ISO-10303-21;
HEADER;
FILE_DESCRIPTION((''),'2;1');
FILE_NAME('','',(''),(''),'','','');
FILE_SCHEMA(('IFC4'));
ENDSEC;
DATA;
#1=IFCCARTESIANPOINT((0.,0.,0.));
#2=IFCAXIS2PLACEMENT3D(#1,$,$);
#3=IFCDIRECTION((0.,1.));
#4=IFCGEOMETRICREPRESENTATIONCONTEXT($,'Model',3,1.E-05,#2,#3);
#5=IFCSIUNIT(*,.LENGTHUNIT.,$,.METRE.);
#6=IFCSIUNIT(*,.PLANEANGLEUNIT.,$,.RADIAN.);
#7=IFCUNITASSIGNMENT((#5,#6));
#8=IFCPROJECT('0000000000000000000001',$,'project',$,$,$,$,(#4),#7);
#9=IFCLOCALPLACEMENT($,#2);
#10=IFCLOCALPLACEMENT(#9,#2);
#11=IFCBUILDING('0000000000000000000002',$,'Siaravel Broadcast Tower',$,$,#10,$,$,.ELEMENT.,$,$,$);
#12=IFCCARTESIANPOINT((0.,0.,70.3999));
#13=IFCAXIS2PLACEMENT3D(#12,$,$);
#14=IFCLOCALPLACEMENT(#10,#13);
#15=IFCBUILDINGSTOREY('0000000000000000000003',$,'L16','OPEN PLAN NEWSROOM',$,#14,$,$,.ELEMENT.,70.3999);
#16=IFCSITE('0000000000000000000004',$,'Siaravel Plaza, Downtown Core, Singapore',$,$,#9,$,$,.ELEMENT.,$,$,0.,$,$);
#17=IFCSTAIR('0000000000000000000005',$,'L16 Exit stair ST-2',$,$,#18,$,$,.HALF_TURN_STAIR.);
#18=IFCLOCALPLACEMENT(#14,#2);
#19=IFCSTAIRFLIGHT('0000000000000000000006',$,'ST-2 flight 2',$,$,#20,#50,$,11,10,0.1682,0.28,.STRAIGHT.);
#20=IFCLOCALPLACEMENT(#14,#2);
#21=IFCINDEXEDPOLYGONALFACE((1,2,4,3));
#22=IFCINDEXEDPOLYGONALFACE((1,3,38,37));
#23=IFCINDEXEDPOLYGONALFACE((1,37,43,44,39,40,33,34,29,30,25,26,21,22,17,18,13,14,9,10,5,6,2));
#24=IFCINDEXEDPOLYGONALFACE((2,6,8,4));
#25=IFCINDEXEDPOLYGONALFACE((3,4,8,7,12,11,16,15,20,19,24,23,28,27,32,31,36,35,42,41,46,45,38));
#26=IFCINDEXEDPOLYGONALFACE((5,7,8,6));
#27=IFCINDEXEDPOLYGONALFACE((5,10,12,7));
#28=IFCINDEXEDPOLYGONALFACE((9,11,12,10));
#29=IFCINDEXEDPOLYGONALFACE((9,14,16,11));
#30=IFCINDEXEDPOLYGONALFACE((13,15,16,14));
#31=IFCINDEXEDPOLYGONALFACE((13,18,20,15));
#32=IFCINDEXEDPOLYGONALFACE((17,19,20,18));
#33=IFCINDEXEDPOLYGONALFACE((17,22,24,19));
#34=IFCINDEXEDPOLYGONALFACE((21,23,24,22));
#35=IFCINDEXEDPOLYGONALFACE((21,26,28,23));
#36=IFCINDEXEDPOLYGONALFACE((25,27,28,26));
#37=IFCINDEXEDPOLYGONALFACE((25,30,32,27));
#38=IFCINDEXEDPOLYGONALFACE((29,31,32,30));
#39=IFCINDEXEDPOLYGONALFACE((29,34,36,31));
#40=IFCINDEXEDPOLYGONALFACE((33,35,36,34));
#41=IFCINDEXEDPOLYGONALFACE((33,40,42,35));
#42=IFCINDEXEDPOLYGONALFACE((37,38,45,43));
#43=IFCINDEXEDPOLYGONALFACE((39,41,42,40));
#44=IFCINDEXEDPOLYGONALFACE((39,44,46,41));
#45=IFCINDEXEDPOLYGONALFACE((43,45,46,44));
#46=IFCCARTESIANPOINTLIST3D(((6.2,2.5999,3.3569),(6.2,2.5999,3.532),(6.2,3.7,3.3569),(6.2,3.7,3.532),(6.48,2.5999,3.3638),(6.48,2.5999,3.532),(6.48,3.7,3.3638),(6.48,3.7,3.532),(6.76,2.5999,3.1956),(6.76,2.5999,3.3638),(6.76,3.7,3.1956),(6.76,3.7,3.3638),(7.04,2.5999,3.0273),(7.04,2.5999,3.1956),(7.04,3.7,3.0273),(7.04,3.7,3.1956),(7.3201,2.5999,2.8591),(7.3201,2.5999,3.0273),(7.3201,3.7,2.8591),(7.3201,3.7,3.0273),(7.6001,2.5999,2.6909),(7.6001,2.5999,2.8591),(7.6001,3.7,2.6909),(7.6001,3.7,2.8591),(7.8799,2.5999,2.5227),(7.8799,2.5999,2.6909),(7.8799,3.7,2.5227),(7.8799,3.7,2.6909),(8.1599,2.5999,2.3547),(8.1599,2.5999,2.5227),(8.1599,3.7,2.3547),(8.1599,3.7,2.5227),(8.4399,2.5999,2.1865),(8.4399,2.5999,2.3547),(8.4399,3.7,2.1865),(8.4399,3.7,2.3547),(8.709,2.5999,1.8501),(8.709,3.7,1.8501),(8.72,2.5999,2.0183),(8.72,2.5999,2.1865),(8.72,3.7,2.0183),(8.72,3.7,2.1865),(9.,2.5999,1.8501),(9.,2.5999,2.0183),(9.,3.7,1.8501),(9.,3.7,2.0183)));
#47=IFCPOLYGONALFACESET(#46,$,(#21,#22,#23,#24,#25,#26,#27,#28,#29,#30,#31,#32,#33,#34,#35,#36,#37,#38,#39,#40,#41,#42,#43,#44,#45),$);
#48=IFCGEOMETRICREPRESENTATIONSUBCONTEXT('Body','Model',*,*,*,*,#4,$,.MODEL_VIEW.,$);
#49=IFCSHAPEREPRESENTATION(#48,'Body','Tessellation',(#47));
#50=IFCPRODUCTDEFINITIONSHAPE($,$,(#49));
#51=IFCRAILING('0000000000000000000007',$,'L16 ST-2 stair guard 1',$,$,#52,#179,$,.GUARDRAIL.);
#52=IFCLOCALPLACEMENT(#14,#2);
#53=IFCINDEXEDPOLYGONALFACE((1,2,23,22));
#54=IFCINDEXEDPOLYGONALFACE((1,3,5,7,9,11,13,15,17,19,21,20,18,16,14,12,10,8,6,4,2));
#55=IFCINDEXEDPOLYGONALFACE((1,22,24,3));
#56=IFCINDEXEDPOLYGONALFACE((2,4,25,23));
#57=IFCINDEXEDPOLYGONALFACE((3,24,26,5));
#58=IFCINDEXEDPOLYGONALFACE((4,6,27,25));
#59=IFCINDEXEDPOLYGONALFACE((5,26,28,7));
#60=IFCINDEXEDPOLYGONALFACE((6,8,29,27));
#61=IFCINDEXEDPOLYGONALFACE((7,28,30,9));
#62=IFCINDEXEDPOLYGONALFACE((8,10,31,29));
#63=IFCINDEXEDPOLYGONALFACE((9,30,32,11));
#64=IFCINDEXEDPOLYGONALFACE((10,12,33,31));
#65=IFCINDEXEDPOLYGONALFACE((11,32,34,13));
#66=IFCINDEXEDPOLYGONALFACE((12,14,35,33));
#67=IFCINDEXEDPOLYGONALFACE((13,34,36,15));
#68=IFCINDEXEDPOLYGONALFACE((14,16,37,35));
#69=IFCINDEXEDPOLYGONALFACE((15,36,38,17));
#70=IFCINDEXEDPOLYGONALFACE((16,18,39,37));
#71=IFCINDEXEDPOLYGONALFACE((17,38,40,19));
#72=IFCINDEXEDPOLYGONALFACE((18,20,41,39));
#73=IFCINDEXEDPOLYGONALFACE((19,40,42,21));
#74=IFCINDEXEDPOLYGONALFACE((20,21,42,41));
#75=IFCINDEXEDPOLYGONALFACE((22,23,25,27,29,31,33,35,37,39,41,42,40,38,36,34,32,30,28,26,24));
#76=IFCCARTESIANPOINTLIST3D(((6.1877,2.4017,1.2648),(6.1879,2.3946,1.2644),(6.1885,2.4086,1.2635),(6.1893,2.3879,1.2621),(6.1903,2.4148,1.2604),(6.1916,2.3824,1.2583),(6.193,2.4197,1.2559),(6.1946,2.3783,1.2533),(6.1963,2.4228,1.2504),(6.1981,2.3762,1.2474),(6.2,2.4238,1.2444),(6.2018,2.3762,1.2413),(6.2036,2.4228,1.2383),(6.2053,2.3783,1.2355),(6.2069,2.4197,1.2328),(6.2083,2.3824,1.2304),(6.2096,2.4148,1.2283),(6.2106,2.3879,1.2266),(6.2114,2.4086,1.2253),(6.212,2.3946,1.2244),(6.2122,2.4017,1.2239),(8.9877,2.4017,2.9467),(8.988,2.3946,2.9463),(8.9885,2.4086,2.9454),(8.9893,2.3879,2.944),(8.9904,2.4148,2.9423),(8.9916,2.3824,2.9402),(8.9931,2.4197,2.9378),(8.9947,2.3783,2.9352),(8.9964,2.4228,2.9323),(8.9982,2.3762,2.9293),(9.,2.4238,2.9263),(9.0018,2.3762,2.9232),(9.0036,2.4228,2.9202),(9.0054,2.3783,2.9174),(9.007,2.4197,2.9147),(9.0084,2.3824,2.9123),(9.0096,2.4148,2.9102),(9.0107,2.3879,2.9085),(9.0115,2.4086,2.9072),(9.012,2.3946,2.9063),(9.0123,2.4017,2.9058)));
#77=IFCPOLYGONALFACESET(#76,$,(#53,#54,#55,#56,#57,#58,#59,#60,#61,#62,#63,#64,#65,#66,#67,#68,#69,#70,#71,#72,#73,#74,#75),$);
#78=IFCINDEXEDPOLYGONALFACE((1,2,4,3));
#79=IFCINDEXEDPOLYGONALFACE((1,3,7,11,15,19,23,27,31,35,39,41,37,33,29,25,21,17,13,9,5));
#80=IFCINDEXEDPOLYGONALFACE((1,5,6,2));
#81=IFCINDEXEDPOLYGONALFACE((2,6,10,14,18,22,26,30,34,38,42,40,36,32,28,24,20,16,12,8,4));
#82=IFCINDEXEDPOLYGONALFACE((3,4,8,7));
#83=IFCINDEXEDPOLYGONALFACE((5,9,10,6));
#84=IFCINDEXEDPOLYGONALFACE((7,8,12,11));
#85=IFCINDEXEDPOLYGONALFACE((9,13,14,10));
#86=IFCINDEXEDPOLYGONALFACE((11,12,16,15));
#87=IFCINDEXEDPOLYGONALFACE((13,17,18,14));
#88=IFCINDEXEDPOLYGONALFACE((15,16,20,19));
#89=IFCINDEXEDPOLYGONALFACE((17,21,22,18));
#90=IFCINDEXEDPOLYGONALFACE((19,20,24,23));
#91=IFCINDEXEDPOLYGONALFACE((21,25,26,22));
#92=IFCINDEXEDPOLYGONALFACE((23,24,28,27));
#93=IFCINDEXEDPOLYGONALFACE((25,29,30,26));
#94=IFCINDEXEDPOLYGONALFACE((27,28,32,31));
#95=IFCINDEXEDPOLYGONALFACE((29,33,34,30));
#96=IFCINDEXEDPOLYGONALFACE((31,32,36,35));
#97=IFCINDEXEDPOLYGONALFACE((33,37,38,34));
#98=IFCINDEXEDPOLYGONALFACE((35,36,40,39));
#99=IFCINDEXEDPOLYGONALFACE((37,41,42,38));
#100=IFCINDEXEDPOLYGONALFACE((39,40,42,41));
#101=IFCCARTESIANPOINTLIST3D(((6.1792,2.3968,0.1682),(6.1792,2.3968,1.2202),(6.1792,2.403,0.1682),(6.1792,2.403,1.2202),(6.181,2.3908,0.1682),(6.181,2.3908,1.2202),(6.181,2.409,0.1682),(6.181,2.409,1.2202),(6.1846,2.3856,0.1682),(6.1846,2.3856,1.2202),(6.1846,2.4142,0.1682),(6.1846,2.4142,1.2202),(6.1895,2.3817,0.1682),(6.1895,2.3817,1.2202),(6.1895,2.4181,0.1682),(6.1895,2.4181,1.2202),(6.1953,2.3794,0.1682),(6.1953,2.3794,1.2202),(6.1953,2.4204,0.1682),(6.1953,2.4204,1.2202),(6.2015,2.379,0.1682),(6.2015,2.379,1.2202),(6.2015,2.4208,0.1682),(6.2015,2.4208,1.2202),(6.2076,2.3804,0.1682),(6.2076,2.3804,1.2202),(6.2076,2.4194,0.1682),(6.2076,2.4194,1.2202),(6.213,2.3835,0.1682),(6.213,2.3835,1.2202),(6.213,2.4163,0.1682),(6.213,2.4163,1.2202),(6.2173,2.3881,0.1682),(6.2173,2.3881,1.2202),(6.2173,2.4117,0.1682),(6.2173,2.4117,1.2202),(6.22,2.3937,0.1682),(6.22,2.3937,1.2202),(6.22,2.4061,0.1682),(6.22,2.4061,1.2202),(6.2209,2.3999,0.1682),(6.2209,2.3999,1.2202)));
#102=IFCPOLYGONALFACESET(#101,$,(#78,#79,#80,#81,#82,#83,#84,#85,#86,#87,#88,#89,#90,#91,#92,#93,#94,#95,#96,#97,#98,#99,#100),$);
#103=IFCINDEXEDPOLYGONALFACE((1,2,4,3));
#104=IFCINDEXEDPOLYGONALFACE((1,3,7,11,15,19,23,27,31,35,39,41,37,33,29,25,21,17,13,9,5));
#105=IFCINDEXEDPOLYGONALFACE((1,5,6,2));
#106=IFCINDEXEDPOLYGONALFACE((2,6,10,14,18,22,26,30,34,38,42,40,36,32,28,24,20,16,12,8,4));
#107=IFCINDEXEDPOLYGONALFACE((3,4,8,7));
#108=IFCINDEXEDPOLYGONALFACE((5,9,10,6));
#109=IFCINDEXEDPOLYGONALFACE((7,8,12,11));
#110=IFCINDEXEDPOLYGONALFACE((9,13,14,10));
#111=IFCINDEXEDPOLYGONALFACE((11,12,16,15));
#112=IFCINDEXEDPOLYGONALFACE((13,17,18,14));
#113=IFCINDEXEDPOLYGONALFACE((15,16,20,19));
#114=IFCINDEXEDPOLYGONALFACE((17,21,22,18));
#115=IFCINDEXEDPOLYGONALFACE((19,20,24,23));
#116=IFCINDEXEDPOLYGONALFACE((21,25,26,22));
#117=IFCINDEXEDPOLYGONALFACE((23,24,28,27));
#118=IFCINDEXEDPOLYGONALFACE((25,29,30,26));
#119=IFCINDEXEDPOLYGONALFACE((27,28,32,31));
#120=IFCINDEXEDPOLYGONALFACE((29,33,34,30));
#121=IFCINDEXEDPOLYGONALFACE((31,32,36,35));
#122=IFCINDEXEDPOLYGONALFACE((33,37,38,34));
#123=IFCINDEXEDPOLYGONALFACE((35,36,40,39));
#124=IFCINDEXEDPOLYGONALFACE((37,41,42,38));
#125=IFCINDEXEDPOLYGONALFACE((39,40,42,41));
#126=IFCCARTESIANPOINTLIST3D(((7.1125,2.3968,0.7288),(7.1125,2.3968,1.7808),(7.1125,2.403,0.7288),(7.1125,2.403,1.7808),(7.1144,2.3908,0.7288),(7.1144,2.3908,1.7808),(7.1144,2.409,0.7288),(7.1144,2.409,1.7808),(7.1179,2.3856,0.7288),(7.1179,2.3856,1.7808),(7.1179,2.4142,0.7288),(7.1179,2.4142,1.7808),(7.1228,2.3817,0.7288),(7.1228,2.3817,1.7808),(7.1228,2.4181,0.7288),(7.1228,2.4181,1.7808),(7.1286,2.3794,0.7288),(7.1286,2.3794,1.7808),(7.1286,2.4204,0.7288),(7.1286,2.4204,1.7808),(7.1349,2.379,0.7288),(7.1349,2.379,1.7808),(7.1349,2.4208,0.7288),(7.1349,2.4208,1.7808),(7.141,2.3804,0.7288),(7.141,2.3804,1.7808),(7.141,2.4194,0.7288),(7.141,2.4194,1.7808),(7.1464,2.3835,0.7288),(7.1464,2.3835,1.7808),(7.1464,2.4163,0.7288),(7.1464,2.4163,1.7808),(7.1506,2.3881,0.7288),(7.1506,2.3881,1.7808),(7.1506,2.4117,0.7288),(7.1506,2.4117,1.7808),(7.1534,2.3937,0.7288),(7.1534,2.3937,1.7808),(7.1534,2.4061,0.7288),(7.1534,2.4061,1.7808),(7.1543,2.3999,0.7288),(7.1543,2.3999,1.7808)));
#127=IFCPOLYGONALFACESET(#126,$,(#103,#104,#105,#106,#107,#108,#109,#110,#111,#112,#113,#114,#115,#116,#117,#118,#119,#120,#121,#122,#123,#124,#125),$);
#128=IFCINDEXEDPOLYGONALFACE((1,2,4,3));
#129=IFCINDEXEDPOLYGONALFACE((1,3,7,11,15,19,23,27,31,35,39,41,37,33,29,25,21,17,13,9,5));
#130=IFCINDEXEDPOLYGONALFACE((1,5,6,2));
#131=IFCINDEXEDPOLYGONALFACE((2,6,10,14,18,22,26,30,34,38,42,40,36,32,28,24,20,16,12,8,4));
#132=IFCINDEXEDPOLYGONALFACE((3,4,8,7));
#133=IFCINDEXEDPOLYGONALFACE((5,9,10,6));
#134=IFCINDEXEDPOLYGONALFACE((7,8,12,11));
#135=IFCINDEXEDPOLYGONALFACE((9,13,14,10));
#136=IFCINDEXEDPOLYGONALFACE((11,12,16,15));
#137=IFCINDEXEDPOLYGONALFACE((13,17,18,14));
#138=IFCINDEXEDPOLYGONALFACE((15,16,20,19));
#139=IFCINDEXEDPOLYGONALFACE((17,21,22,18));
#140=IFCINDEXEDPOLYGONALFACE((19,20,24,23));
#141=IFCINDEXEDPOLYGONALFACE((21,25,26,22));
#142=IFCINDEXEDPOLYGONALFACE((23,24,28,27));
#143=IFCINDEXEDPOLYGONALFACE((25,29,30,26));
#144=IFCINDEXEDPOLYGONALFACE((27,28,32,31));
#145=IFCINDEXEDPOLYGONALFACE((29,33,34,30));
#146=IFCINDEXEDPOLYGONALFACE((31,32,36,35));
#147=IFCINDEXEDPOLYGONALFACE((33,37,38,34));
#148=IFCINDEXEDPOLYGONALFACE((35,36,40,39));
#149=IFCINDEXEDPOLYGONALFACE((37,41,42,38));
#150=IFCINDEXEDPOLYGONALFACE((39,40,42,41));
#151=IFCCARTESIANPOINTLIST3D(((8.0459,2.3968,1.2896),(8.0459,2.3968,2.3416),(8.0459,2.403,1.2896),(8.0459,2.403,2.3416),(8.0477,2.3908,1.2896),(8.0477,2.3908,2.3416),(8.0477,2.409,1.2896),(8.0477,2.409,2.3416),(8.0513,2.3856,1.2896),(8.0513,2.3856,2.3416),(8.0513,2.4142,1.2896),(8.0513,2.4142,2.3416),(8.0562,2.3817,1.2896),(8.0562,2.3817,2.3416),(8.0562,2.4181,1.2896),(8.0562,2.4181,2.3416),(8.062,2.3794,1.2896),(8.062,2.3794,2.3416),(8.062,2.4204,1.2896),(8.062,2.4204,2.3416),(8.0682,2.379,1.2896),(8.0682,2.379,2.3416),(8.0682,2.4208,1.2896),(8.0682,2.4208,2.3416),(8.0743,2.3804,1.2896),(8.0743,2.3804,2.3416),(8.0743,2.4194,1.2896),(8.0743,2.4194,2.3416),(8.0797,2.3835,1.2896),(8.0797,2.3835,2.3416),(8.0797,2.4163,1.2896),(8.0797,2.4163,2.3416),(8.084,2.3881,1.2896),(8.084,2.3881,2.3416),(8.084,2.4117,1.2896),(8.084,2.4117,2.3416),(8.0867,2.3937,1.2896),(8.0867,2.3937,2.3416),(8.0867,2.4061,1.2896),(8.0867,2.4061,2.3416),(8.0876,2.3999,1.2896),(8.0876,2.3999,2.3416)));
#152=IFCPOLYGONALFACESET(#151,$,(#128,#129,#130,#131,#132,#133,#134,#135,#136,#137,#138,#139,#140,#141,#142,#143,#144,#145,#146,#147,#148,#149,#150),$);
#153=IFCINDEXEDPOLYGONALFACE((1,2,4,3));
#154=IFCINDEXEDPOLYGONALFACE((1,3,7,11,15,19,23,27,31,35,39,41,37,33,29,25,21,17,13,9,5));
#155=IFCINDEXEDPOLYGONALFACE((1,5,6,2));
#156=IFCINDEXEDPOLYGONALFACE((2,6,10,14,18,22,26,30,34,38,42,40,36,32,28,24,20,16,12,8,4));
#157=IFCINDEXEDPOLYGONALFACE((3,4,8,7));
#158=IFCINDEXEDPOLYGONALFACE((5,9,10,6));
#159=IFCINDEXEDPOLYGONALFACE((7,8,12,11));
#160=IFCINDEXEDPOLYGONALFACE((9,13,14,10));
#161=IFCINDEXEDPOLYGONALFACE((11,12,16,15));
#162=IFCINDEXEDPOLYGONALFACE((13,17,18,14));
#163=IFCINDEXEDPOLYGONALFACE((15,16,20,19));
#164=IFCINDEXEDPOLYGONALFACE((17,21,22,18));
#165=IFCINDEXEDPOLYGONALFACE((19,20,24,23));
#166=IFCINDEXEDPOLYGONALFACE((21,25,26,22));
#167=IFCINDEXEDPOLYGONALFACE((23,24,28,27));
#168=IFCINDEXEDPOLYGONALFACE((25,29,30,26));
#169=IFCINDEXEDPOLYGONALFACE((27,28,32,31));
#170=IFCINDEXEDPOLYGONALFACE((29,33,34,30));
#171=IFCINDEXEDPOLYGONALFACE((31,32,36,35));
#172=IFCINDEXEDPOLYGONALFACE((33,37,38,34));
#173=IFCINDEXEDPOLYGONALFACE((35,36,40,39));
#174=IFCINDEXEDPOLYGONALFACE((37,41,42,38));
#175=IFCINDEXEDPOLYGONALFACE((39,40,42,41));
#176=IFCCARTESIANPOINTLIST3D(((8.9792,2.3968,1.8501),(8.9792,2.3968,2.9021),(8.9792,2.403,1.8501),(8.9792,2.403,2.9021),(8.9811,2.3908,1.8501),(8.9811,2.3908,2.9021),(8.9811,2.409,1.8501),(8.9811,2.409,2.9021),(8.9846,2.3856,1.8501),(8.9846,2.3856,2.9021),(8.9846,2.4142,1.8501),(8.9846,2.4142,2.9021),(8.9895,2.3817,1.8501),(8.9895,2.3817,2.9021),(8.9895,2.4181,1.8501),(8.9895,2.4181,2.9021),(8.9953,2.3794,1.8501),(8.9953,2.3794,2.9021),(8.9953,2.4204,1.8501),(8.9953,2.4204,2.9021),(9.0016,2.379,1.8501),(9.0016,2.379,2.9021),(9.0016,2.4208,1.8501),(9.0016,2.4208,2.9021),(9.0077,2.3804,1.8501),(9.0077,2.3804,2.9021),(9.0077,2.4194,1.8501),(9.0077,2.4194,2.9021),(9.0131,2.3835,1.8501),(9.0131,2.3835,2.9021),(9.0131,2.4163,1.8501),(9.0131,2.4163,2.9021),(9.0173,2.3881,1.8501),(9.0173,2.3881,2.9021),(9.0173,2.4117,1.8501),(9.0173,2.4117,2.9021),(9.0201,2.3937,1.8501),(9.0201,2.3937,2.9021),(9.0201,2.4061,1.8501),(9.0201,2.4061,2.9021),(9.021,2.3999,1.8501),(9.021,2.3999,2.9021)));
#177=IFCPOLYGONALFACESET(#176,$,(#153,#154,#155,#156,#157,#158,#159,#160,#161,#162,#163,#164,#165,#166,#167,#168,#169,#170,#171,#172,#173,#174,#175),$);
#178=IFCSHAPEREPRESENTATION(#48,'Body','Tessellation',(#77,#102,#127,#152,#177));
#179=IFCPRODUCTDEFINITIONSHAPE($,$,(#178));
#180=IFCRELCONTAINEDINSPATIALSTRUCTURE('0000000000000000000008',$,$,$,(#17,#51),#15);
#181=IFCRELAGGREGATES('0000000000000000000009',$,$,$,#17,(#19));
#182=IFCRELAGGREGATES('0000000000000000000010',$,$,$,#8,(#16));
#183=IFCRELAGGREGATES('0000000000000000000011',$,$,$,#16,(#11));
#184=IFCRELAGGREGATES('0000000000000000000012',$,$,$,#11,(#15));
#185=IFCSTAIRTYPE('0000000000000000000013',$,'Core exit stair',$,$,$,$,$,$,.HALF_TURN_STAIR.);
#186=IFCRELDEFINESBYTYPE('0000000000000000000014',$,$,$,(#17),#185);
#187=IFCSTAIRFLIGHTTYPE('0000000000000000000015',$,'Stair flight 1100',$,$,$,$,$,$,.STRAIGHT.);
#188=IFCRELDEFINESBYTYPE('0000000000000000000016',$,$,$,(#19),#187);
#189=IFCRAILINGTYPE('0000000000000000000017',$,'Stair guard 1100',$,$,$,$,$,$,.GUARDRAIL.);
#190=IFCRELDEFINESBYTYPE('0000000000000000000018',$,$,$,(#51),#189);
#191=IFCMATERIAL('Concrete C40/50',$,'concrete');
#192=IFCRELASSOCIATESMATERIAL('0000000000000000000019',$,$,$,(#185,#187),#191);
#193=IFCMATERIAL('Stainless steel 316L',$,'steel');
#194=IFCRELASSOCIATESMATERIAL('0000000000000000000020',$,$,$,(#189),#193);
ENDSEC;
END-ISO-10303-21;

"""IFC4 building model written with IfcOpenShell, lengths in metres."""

from ifc_helpers import new_model, si_unit, direction, frame, origin, origin_2d, place, context, subcontext, project, spatial, polyline, circle, outline, extrude, material, type_object, element, aggregate, save


model = new_model("IFC4")

# Units and contexts
model_context = context("Model", 3, precision=1e-05, world=origin(), true_north=direction((0.0, 1.0)))
body_context = subcontext(model_context, "Body", "Model", "MODEL_VIEW")
ifc_project = project(units=[si_unit("LENGTHUNIT", "METRE"), si_unit("PLANEANGLEUNIT", "RADIAN")], contexts=[model_context])

# Site, building, storey
site_placement = place(None, origin())
site = spatial("IfcSite", under=ifc_project, at=site_placement, Name="Siaravel Plaza, Downtown Core, Singapore", CompositionType="ELEMENT", RefElevation=0.0)
building_placement = place(site_placement, origin())
building = spatial("IfcBuilding", under=site, at=building_placement, Name="Siaravel Broadcast Tower", CompositionType="ELEMENT")
storey_placement = place(building_placement, frame((0.0, 0.0, 70.3999)))
storey = spatial("IfcBuildingStorey", under=building, at=storey_placement, Name="L16", Description="OPEN PLAN NEWSROOM", CompositionType="ELEMENT", Elevation=70.3999)

# Shared definitions
ifc_material_1 = material(Name="Concrete C40/50", Category="concrete")

# Stair
stair_type = type_object("IfcStairType", Name="Core exit stair", PredefinedType="HALF_TURN_STAIR", material=ifc_material_1)
stair_1_placement = place(storey_placement, origin())
stair_1 = element("IfcStair", 1, at=stair_1_placement, inside=storey, type_object=stair_type, Name="L16 Exit stair ST-2", PredefinedType="HALF_TURN_STAIR")

# Stair flight
stair_flight_type = type_object("IfcStairFlightType", Name="Stair flight 1100", PredefinedType="STRAIGHT", material=ifc_material_1)
stair_flight_1_placement = place(storey_placement, frame((9.0, 3.1499, 1.8501), z_axis=(0.0, 0.0, 1.0), x_axis=(-1.0, 0.0, 0.0)))
stair_flight_1 = element("IfcStairFlight", 2, at=stair_flight_1_placement, type_object=stair_flight_type, Name="ST-2 flight 2", NumberOfRisers=11, NumberOfTreads=10, PredefinedType="STRAIGHT", RiserHeight=0.1682, TreadLength=0.28, context=body_context, shape_type="SweptSolid", body=[
    extrude(outline(polyline([(0.0, 0.0), (0.0, 0.1682), (0.28, 0.1682), (0.28, 0.3364), (0.5601, 0.3364), (0.5601, 0.5046), (0.8401, 0.5046), (0.8401, 0.6726), (1.1201, 0.6726), (1.1201, 0.8408), (1.3999, 0.8408), (1.3999, 1.009), (1.6799, 1.009), (1.6799, 1.1772), (1.96, 1.1772), (1.96, 1.3455), (2.24, 1.3455), (2.24, 1.5137), (2.52, 1.5137), (2.52, 1.6819), (2.8, 1.6819), (2.8, 1.8501), (2.8, 1.5068), (0.291, 0.0), (0.0, 0.0)])), frame((0.0, 0.55, 0.0), z_axis=(0.0, -1.0, 0.0), x_axis=(1.0, 0.0, 0.0)), (0.0, 0.0, 1.0), 1.1001),
])
aggregate(stair_1, [stair_flight_1])

# Railing
ifc_material_2 = material(Name="Stainless steel 316L", Category="steel")
railing_type_1 = type_object("IfcRailingType", Name="Stair guard 1100", PredefinedType="GUARDRAIL", material=ifc_material_2)
railing_1_placement = place(storey_placement, frame((6.2, 2.3999, 0.1682)))
element("IfcRailing", 3, at=railing_1_placement, inside=storey, type_object=railing_type_1, Name="L16 ST-2 stair guard 1", PredefinedType="GUARDRAIL", context=body_context, shape_type="SweptSolid", body=[
    extrude(circle(Radius=0.0239, at=origin_2d()), frame((0.0, 0.0, 1.0762), z_axis=(0.857242, 0.0, 0.514913), x_axis=(0.0, 1.0, 0.0)), (0.0, 0.0, 1.0), 3.2664),
    extrude(circle(Radius=0.021, at=origin_2d()), origin(), (0.0, 0.0, 1.0), 1.052),
    extrude(circle(Radius=0.021, at=origin_2d()), frame((0.9333, 0.0, 0.5605)), (0.0, 0.0, 1.0), 1.052),
    extrude(circle(Radius=0.021, at=origin_2d()), frame((1.8667, 0.0, 1.1213)), (0.0, 0.0, 1.0), 1.052),
    extrude(circle(Radius=0.021, at=origin_2d()), frame((2.8, 0.0, 1.6819)), (0.0, 0.0, 1.0), 1.052),
])

save(model, "model.ifc")
